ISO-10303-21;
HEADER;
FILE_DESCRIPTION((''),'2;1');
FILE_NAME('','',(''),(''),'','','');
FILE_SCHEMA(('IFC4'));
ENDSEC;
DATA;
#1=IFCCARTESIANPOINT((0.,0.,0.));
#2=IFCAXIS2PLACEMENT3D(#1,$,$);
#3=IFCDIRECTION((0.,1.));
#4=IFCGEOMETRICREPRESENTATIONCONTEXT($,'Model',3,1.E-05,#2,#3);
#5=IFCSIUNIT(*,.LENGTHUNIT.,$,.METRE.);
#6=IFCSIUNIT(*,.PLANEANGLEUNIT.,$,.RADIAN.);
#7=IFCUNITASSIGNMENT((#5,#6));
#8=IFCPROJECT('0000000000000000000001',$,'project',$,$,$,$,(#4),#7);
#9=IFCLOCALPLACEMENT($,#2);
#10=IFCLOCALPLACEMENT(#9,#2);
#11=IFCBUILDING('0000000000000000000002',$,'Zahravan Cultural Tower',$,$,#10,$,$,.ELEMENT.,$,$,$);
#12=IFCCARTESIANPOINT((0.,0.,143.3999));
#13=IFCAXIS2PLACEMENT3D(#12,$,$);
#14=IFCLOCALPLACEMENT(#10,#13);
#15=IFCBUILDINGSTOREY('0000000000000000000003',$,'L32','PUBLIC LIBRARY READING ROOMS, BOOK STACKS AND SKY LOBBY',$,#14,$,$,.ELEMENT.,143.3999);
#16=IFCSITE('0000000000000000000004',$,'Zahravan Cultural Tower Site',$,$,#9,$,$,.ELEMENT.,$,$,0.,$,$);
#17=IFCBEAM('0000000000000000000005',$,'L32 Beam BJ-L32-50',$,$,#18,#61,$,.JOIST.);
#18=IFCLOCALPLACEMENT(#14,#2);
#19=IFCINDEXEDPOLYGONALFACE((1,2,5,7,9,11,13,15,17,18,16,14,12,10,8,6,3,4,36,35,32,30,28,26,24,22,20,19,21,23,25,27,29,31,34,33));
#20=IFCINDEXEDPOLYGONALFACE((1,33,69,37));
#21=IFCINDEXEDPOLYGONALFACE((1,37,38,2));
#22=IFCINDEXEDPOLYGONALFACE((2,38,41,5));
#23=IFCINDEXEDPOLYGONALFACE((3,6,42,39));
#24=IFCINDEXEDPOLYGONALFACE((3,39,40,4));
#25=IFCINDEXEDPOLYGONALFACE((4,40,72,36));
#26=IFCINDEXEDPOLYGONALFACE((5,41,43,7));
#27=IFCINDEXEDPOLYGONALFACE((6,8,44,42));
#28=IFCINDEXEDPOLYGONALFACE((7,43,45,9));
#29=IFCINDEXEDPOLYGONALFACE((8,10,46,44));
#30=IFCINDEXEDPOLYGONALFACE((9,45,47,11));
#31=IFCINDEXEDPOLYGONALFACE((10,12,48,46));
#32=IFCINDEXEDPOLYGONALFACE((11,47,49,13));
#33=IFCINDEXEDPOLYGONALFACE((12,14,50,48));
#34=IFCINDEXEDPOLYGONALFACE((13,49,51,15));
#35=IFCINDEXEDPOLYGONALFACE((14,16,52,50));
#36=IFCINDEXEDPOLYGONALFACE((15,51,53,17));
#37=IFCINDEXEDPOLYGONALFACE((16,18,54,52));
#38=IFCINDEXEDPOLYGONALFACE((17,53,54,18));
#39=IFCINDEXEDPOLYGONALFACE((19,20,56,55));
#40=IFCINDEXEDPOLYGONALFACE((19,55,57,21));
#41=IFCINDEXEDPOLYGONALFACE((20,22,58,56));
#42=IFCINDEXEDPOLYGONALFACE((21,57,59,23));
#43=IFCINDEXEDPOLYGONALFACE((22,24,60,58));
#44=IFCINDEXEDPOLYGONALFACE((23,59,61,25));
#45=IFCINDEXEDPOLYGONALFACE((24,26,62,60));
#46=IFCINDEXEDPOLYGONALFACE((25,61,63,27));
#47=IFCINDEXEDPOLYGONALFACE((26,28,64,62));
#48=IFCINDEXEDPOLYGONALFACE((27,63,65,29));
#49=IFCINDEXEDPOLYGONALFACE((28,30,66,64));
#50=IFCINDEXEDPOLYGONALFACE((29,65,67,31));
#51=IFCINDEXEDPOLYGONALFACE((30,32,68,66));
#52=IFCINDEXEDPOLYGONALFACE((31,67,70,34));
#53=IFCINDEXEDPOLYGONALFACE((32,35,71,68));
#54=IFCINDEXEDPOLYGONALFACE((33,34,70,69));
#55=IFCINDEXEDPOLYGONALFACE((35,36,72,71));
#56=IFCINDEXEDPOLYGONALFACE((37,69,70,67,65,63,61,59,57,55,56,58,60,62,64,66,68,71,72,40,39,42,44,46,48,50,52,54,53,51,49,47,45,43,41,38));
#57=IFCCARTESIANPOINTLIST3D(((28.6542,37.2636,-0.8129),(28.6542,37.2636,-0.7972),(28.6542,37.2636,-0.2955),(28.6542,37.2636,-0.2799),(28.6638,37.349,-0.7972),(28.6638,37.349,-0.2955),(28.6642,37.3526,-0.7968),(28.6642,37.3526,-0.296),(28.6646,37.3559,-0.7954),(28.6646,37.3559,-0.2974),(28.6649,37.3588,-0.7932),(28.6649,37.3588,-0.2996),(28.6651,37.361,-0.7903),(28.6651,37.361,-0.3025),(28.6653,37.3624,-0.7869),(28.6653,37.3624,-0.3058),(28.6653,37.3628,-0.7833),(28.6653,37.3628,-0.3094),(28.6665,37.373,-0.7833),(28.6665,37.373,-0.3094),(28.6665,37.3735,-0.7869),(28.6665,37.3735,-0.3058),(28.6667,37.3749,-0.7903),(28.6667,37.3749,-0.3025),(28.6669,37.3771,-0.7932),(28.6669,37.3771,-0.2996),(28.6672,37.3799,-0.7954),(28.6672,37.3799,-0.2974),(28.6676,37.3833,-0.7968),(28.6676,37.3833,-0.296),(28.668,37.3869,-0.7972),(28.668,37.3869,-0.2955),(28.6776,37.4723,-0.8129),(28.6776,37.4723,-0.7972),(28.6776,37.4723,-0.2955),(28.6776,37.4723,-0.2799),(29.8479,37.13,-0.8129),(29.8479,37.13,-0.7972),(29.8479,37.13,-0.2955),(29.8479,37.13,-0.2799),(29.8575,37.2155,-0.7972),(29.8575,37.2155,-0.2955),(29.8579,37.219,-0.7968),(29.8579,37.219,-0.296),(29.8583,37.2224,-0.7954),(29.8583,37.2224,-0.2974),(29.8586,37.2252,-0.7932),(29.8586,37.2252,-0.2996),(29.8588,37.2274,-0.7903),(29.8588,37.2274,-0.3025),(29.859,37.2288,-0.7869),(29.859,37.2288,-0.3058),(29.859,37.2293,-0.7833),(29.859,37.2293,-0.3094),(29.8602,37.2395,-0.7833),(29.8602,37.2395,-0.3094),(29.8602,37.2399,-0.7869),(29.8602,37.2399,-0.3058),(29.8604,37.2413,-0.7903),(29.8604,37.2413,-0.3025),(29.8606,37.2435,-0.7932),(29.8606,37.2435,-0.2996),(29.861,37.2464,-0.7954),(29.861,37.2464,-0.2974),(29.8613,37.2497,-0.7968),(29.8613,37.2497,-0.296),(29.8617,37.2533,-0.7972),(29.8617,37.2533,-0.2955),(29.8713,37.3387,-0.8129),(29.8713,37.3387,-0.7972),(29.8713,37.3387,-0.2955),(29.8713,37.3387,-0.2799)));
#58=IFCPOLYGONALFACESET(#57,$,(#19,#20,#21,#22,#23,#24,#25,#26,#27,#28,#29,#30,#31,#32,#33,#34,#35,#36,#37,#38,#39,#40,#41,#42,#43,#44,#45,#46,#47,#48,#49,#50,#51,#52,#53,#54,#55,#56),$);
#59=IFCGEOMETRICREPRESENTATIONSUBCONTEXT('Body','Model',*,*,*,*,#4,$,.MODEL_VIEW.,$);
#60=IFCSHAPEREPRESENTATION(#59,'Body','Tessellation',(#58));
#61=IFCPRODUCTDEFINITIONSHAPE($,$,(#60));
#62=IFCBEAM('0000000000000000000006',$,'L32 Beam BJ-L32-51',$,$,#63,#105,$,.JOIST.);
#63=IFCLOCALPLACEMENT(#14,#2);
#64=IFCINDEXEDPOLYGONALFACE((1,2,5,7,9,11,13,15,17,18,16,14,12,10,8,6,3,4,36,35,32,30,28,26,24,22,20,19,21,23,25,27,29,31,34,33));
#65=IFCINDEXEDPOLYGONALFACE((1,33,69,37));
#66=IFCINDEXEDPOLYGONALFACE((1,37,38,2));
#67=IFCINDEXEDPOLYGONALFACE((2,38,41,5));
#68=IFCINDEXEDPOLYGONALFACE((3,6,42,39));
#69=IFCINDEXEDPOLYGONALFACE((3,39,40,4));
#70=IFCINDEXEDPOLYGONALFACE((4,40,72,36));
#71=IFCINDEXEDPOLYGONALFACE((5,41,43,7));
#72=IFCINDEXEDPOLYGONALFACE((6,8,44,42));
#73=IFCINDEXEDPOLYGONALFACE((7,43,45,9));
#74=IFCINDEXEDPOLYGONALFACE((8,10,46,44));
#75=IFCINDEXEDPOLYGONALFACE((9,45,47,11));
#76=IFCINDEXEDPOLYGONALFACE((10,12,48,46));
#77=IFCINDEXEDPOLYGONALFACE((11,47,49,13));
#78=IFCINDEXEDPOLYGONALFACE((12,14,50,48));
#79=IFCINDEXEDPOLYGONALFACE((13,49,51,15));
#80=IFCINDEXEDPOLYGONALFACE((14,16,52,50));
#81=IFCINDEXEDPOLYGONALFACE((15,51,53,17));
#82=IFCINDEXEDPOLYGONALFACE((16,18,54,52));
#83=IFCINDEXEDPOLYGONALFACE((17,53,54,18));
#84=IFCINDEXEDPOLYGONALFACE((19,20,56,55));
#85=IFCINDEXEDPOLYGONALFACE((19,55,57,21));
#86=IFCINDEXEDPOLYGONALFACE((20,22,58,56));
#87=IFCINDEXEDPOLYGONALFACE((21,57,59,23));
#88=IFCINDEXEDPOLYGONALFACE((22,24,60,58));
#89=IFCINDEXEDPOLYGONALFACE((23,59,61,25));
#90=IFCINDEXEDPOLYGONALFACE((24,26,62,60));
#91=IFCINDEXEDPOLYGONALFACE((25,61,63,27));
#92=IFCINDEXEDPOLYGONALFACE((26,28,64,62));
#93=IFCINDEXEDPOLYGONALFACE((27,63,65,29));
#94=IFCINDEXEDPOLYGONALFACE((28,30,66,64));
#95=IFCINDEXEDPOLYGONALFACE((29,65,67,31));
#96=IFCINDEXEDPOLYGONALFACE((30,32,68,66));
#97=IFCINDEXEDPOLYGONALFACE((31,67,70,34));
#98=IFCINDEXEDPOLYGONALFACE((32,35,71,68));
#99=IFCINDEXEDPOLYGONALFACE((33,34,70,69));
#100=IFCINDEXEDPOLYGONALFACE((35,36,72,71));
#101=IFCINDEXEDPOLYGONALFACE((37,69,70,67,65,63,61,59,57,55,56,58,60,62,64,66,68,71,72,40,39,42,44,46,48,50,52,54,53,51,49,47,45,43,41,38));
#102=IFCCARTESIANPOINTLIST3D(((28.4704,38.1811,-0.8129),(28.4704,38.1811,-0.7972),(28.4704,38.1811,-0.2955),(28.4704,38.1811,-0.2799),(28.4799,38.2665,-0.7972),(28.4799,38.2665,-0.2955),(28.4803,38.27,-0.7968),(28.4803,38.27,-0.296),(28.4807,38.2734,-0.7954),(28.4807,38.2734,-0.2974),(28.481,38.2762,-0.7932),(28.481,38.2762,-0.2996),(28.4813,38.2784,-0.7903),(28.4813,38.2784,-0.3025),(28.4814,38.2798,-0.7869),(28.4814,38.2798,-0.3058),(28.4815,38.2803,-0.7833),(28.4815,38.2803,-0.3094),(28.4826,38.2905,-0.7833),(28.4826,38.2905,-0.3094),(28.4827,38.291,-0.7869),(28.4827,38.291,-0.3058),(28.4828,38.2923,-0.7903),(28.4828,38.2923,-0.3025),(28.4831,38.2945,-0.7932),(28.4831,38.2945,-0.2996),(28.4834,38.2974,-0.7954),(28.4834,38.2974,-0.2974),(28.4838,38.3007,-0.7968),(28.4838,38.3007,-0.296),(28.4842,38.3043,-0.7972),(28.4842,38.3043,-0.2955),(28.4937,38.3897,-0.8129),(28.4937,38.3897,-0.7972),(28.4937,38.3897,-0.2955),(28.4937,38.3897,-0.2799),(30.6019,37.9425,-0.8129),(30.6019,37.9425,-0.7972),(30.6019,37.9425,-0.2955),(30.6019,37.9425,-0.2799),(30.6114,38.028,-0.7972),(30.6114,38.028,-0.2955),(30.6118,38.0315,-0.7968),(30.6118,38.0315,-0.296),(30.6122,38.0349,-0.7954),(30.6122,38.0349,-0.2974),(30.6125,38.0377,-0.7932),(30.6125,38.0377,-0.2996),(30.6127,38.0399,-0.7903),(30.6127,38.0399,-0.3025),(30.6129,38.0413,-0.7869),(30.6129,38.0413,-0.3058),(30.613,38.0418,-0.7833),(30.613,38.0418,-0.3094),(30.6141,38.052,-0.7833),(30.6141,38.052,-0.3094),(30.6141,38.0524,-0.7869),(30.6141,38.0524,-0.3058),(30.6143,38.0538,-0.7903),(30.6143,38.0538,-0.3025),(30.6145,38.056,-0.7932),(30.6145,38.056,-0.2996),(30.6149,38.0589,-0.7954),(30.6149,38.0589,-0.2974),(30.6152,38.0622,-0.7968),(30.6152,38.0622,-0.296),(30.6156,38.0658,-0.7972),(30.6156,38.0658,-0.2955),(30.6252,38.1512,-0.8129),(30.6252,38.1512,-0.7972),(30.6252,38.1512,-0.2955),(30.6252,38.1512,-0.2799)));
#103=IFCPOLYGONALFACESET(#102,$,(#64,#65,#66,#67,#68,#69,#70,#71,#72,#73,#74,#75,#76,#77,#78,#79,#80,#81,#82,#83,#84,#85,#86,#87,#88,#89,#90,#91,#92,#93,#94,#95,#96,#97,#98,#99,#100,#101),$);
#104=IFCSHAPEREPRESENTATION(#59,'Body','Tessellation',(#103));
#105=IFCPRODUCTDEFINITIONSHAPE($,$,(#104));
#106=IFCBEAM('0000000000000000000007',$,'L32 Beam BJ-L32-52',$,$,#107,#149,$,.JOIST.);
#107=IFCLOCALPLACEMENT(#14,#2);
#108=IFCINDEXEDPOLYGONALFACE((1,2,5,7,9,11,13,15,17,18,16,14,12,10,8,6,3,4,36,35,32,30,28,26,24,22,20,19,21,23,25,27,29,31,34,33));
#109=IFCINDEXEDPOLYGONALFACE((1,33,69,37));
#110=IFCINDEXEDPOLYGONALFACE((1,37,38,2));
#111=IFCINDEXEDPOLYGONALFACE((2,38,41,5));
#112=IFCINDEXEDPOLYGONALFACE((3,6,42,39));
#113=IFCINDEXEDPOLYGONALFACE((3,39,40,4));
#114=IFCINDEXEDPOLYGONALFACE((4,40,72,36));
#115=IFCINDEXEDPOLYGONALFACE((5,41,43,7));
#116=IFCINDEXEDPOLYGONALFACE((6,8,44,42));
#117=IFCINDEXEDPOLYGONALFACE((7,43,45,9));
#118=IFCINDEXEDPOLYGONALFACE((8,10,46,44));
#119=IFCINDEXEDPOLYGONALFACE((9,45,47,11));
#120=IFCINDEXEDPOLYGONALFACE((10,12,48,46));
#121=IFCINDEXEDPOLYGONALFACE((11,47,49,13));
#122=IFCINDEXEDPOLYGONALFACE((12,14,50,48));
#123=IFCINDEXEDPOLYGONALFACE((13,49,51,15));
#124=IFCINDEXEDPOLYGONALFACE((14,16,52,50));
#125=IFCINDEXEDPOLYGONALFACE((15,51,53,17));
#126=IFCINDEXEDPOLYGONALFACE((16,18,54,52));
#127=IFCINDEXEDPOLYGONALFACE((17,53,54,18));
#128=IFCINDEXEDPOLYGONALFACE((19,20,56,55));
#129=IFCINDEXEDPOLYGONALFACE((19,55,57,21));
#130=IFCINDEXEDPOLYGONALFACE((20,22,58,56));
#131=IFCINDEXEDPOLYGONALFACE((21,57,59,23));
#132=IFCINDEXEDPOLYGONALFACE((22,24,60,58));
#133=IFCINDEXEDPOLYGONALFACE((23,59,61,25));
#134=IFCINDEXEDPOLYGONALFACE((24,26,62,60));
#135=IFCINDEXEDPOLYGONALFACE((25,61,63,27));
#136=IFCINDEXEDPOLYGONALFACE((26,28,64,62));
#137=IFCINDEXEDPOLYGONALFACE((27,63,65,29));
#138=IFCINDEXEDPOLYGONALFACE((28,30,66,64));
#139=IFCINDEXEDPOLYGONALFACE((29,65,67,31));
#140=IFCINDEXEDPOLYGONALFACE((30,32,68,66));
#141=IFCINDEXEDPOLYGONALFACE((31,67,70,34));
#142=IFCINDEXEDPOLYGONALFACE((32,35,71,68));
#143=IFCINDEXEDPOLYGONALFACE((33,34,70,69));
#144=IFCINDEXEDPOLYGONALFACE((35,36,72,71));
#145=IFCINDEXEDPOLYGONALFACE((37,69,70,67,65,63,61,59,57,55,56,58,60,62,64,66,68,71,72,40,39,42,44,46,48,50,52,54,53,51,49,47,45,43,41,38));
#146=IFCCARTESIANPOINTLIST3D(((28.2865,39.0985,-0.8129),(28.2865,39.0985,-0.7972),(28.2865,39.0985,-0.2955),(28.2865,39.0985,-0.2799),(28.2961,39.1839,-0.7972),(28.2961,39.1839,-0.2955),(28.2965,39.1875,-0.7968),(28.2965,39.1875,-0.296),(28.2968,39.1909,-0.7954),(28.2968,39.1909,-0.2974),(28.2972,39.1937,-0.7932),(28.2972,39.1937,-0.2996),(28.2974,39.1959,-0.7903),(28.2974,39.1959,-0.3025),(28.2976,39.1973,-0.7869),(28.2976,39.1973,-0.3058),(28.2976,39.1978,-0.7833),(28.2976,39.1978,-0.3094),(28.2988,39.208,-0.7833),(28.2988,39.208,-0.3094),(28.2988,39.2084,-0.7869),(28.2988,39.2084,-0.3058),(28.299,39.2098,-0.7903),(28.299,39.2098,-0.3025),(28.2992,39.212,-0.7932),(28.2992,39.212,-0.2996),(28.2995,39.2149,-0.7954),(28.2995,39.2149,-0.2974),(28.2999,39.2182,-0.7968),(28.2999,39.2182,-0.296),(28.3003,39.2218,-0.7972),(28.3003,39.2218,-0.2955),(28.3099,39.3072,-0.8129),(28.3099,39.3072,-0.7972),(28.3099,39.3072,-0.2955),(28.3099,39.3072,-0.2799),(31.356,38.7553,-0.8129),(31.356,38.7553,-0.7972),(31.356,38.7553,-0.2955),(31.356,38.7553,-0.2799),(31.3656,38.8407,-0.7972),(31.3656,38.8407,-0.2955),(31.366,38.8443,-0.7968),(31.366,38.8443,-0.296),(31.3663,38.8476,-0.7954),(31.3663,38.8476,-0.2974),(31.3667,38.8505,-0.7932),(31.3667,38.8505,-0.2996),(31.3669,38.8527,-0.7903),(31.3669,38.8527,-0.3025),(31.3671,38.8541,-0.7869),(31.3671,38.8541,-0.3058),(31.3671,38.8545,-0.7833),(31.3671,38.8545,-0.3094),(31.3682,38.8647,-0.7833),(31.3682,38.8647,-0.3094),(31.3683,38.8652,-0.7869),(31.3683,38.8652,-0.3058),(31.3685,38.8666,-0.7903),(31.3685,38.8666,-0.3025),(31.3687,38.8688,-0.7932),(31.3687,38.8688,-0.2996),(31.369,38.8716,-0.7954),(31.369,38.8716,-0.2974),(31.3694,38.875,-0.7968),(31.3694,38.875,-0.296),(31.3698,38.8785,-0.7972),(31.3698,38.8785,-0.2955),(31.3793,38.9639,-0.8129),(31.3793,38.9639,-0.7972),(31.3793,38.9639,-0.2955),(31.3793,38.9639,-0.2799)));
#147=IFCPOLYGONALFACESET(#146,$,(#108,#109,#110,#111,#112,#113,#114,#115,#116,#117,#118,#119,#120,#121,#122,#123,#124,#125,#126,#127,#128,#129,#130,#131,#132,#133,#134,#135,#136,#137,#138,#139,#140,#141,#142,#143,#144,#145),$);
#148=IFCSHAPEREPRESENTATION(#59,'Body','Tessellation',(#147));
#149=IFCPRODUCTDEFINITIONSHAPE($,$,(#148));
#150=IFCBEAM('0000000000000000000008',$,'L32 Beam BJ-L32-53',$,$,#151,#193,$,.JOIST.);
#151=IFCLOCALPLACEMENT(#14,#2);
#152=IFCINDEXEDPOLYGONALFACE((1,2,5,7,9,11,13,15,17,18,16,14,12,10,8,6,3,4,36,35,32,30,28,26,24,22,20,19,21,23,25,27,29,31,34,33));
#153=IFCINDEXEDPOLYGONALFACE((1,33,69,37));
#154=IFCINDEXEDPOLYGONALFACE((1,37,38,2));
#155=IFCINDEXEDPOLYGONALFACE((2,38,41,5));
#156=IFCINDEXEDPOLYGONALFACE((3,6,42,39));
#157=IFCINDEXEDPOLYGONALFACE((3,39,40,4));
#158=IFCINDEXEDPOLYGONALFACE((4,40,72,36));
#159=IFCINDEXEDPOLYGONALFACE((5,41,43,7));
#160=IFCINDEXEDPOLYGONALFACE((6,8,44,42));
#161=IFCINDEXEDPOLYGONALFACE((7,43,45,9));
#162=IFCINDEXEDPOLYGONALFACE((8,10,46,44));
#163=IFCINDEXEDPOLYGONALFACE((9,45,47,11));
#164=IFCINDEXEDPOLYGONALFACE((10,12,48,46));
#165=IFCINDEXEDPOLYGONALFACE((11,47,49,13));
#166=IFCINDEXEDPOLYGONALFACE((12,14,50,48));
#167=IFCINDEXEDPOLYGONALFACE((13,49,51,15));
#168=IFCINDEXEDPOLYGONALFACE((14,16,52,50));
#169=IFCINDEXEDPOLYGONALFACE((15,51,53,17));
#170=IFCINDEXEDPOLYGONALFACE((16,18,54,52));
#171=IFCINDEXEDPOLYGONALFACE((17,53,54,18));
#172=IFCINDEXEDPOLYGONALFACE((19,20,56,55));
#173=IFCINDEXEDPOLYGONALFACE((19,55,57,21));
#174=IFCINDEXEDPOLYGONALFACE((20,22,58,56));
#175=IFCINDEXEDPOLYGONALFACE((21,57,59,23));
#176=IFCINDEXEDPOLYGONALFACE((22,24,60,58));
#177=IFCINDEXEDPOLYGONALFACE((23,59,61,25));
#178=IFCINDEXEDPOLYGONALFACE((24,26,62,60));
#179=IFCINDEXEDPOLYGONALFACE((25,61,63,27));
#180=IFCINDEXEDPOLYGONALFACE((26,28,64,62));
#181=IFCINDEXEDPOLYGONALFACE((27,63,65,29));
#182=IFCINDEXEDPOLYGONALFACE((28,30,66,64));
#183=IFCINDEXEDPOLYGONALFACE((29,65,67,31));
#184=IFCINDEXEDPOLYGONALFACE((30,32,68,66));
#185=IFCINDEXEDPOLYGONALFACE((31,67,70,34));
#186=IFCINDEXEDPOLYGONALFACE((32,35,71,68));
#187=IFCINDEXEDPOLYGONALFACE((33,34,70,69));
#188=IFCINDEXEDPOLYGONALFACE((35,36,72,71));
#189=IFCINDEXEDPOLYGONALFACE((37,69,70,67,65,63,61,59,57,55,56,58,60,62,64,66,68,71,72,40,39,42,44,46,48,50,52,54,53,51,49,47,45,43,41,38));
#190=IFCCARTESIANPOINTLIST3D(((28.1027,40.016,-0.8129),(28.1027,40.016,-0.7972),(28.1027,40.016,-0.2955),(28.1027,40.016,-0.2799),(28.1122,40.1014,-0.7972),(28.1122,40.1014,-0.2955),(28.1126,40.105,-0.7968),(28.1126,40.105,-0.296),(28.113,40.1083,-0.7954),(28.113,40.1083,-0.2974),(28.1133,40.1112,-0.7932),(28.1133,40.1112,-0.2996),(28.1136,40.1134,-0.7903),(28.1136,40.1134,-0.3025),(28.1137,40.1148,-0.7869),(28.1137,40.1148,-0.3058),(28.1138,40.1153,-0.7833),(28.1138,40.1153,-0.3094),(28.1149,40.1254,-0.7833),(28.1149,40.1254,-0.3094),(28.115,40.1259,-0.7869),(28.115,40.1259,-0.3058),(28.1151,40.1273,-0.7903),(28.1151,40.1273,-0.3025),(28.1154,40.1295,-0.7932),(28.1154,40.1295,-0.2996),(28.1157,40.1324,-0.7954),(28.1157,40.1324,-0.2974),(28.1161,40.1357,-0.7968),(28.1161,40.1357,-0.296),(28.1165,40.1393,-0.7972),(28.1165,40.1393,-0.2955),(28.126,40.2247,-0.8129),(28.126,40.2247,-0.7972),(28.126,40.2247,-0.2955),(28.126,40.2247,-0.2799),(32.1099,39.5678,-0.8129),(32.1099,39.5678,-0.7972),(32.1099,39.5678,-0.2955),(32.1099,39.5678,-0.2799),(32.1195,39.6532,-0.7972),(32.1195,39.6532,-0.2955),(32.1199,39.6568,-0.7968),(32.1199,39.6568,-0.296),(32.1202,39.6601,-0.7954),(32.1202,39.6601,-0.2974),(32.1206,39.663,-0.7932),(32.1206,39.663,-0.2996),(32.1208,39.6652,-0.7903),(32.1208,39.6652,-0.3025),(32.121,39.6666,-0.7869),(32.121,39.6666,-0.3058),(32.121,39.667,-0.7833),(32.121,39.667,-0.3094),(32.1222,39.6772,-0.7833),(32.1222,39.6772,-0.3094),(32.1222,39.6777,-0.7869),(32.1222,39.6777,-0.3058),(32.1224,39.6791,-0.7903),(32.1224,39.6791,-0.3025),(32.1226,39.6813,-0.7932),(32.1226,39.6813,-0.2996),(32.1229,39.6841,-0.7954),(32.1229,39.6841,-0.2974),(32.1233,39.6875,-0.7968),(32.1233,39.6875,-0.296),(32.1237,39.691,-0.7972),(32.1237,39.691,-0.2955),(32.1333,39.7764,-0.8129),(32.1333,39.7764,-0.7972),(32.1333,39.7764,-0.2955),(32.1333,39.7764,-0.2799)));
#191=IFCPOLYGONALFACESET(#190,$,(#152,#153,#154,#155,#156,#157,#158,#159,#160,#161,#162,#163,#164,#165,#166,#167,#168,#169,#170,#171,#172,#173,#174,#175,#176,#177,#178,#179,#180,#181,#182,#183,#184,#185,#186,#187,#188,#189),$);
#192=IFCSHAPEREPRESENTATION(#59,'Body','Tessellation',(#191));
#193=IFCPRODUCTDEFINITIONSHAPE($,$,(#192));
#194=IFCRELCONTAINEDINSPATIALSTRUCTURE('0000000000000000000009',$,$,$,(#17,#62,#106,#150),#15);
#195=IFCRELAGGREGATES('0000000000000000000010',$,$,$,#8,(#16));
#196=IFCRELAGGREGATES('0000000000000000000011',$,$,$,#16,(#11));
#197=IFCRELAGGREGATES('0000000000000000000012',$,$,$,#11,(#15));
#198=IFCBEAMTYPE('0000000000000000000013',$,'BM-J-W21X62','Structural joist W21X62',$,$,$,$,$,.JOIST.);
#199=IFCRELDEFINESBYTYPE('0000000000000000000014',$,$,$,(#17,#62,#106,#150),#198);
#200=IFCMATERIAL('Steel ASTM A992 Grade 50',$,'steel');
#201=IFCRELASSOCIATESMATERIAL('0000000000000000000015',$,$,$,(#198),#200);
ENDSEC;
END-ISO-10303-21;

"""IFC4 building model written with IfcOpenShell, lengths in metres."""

from ifc_helpers import new_model, si_unit, direction, frame, origin, origin_2d, place, context, subcontext, project, spatial, i_section, extrude, source, transform, mapped, material, material_profile, profile_set, type_object, element, save


model = new_model("IFC4")

# Units and contexts
model_context = context("Model", 3, precision=1e-05, world=origin(), true_north=direction((0.0, 1.0)))
body_context = subcontext(model_context, "Body", "Model", "MODEL_VIEW")
ifc_project = project(units=[si_unit("LENGTHUNIT", "METRE"), si_unit("PLANEANGLEUNIT", "RADIAN")], contexts=[model_context])

# Site, building, storey
site_placement = place(None, origin())
site = spatial("IfcSite", under=ifc_project, at=site_placement, Name="Zahravan Cultural Tower Site", CompositionType="ELEMENT", RefElevation=0.0)
building_placement = place(site_placement, origin())
building = spatial("IfcBuilding", under=site, at=building_placement, Name="Zahravan Cultural Tower", CompositionType="ELEMENT")
storey_placement = place(building_placement, frame((0.0, 0.0, 143.3999)))
storey = spatial("IfcBuildingStorey", under=building, at=storey_placement, Name="L32", Description="PUBLIC LIBRARY READING ROOMS, BOOK STACKS AND SKY LOBBY", CompositionType="ELEMENT", Elevation=143.3999)

# Shared definitions
ifc_material_1 = material(Name="Steel ASTM A992 Grade 50", Category="steel")

# Beams
ifc_material_profile_1 = material_profile(ifc_material_1, i_section(OverallWidth=0.21, OverallDepth=0.533, WebThickness=0.0103, FlangeThickness=0.0156, FilletRadius=0.0139, at=origin_2d()), Name="W21X62")
ifc_profile_set_1 = profile_set([ifc_material_profile_1], Name="Steel ASTM A992 Grade 50")
beam_type_1 = type_object("IfcBeamType", Name="BM-J-W21X62", Description="Structural joist W21X62", PredefinedType="JOIST", material=ifc_profile_set_1)
shared_shape_1 = source(origin(), body_context, "Body", "SweptSolid", [
    extrude(i_section(OverallWidth=0.21, OverallDepth=0.533, WebThickness=0.0103, FlangeThickness=0.0156, FilletRadius=0.0139, at=origin_2d()), origin(), (0.0, 0.0, 1.0), 1.2012),
])
beam_1_placement = place(storey_placement, frame((29.8596, 37.2344, -0.5464), z_axis=(-0.993799, 0.11119, 0.0), x_axis=(-0.11119, -0.993799, 0.0)))
element("IfcBeam", 1, at=beam_1_placement, inside=storey, type_object=beam_type_1, Name="L32 Beam BJ-L32-50", PredefinedType="JOIST", context=body_context, shape_type="MappedRepresentation", body=[
    mapped(shared_shape_1, transform((0.0, 0.0, 0.0), x_axis=(1.0, 0.0, 0.0), y_axis=(0.0, 1.0, 0.0), z_axis=(0.0, 0.0, 1.0), scale=1.0)),
])
shared_shape_2 = source(origin(), body_context, "Body", "SweptSolid", [
    extrude(i_section(OverallWidth=0.21, OverallDepth=0.533, WebThickness=0.0103, FlangeThickness=0.0156, FilletRadius=0.0139, at=origin_2d()), origin(), (0.0, 0.0, 1.0), 2.1448),
])
beam_2_placement = place(storey_placement, frame((30.6135, 38.0469, -0.5464), z_axis=(-0.993797, 0.111206, 0.0), x_axis=(-0.111206, -0.993797, 0.0)))
element("IfcBeam", 2, at=beam_2_placement, inside=storey, type_object=beam_type_1, Name="L32 Beam BJ-L32-51", PredefinedType="JOIST", context=body_context, shape_type="MappedRepresentation", body=[
    mapped(shared_shape_2, transform((0.0, 0.0, 0.0), x_axis=(1.0, 0.0, 0.0), y_axis=(0.0, 1.0, 0.0), z_axis=(0.0, 0.0, 1.0), scale=1.0)),
])
shared_shape_3 = source(origin(), body_context, "Body", "SweptSolid", [
    extrude(i_section(OverallWidth=0.21, OverallDepth=0.533, WebThickness=0.0103, FlangeThickness=0.0156, FilletRadius=0.0139, at=origin_2d()), origin(), (0.0, 0.0, 1.0), 3.0886),
])
beam_3_placement = place(storey_placement, frame((31.3677, 38.8596, -0.5464), z_axis=(-0.993805, 0.111134, 0.0), x_axis=(-0.111134, -0.993805, 0.0)))
element("IfcBeam", 3, at=beam_3_placement, inside=storey, type_object=beam_type_1, Name="L32 Beam BJ-L32-52", PredefinedType="JOIST", context=body_context, shape_type="MappedRepresentation", body=[
    mapped(shared_shape_3, transform((0.0, 0.0, 0.0), x_axis=(1.0, 0.0, 0.0), y_axis=(0.0, 1.0, 0.0), z_axis=(0.0, 0.0, 1.0), scale=1.0)),
])
shared_shape_4 = source(origin(), body_context, "Body", "SweptSolid", [
    extrude(i_section(OverallWidth=0.21, OverallDepth=0.533, WebThickness=0.0103, FlangeThickness=0.0156, FilletRadius=0.0139, at=origin_2d()), origin(), (0.0, 0.0, 1.0), 4.0322),
])
beam_4_placement = place(storey_placement, frame((32.1216, 39.6721, -0.5464), z_axis=(-0.993802, 0.111162, 0.0), x_axis=(-0.111162, -0.993802, 0.0)))
element("IfcBeam", 4, at=beam_4_placement, inside=storey, type_object=beam_type_1, Name="L32 Beam BJ-L32-53", PredefinedType="JOIST", context=body_context, shape_type="MappedRepresentation", body=[
    mapped(shared_shape_4, transform((0.0, 0.0, 0.0), x_axis=(1.0, 0.0, 0.0), y_axis=(0.0, 1.0, 0.0), z_axis=(0.0, 0.0, 1.0), scale=1.0)),
])

save(model, "model.ifc")
